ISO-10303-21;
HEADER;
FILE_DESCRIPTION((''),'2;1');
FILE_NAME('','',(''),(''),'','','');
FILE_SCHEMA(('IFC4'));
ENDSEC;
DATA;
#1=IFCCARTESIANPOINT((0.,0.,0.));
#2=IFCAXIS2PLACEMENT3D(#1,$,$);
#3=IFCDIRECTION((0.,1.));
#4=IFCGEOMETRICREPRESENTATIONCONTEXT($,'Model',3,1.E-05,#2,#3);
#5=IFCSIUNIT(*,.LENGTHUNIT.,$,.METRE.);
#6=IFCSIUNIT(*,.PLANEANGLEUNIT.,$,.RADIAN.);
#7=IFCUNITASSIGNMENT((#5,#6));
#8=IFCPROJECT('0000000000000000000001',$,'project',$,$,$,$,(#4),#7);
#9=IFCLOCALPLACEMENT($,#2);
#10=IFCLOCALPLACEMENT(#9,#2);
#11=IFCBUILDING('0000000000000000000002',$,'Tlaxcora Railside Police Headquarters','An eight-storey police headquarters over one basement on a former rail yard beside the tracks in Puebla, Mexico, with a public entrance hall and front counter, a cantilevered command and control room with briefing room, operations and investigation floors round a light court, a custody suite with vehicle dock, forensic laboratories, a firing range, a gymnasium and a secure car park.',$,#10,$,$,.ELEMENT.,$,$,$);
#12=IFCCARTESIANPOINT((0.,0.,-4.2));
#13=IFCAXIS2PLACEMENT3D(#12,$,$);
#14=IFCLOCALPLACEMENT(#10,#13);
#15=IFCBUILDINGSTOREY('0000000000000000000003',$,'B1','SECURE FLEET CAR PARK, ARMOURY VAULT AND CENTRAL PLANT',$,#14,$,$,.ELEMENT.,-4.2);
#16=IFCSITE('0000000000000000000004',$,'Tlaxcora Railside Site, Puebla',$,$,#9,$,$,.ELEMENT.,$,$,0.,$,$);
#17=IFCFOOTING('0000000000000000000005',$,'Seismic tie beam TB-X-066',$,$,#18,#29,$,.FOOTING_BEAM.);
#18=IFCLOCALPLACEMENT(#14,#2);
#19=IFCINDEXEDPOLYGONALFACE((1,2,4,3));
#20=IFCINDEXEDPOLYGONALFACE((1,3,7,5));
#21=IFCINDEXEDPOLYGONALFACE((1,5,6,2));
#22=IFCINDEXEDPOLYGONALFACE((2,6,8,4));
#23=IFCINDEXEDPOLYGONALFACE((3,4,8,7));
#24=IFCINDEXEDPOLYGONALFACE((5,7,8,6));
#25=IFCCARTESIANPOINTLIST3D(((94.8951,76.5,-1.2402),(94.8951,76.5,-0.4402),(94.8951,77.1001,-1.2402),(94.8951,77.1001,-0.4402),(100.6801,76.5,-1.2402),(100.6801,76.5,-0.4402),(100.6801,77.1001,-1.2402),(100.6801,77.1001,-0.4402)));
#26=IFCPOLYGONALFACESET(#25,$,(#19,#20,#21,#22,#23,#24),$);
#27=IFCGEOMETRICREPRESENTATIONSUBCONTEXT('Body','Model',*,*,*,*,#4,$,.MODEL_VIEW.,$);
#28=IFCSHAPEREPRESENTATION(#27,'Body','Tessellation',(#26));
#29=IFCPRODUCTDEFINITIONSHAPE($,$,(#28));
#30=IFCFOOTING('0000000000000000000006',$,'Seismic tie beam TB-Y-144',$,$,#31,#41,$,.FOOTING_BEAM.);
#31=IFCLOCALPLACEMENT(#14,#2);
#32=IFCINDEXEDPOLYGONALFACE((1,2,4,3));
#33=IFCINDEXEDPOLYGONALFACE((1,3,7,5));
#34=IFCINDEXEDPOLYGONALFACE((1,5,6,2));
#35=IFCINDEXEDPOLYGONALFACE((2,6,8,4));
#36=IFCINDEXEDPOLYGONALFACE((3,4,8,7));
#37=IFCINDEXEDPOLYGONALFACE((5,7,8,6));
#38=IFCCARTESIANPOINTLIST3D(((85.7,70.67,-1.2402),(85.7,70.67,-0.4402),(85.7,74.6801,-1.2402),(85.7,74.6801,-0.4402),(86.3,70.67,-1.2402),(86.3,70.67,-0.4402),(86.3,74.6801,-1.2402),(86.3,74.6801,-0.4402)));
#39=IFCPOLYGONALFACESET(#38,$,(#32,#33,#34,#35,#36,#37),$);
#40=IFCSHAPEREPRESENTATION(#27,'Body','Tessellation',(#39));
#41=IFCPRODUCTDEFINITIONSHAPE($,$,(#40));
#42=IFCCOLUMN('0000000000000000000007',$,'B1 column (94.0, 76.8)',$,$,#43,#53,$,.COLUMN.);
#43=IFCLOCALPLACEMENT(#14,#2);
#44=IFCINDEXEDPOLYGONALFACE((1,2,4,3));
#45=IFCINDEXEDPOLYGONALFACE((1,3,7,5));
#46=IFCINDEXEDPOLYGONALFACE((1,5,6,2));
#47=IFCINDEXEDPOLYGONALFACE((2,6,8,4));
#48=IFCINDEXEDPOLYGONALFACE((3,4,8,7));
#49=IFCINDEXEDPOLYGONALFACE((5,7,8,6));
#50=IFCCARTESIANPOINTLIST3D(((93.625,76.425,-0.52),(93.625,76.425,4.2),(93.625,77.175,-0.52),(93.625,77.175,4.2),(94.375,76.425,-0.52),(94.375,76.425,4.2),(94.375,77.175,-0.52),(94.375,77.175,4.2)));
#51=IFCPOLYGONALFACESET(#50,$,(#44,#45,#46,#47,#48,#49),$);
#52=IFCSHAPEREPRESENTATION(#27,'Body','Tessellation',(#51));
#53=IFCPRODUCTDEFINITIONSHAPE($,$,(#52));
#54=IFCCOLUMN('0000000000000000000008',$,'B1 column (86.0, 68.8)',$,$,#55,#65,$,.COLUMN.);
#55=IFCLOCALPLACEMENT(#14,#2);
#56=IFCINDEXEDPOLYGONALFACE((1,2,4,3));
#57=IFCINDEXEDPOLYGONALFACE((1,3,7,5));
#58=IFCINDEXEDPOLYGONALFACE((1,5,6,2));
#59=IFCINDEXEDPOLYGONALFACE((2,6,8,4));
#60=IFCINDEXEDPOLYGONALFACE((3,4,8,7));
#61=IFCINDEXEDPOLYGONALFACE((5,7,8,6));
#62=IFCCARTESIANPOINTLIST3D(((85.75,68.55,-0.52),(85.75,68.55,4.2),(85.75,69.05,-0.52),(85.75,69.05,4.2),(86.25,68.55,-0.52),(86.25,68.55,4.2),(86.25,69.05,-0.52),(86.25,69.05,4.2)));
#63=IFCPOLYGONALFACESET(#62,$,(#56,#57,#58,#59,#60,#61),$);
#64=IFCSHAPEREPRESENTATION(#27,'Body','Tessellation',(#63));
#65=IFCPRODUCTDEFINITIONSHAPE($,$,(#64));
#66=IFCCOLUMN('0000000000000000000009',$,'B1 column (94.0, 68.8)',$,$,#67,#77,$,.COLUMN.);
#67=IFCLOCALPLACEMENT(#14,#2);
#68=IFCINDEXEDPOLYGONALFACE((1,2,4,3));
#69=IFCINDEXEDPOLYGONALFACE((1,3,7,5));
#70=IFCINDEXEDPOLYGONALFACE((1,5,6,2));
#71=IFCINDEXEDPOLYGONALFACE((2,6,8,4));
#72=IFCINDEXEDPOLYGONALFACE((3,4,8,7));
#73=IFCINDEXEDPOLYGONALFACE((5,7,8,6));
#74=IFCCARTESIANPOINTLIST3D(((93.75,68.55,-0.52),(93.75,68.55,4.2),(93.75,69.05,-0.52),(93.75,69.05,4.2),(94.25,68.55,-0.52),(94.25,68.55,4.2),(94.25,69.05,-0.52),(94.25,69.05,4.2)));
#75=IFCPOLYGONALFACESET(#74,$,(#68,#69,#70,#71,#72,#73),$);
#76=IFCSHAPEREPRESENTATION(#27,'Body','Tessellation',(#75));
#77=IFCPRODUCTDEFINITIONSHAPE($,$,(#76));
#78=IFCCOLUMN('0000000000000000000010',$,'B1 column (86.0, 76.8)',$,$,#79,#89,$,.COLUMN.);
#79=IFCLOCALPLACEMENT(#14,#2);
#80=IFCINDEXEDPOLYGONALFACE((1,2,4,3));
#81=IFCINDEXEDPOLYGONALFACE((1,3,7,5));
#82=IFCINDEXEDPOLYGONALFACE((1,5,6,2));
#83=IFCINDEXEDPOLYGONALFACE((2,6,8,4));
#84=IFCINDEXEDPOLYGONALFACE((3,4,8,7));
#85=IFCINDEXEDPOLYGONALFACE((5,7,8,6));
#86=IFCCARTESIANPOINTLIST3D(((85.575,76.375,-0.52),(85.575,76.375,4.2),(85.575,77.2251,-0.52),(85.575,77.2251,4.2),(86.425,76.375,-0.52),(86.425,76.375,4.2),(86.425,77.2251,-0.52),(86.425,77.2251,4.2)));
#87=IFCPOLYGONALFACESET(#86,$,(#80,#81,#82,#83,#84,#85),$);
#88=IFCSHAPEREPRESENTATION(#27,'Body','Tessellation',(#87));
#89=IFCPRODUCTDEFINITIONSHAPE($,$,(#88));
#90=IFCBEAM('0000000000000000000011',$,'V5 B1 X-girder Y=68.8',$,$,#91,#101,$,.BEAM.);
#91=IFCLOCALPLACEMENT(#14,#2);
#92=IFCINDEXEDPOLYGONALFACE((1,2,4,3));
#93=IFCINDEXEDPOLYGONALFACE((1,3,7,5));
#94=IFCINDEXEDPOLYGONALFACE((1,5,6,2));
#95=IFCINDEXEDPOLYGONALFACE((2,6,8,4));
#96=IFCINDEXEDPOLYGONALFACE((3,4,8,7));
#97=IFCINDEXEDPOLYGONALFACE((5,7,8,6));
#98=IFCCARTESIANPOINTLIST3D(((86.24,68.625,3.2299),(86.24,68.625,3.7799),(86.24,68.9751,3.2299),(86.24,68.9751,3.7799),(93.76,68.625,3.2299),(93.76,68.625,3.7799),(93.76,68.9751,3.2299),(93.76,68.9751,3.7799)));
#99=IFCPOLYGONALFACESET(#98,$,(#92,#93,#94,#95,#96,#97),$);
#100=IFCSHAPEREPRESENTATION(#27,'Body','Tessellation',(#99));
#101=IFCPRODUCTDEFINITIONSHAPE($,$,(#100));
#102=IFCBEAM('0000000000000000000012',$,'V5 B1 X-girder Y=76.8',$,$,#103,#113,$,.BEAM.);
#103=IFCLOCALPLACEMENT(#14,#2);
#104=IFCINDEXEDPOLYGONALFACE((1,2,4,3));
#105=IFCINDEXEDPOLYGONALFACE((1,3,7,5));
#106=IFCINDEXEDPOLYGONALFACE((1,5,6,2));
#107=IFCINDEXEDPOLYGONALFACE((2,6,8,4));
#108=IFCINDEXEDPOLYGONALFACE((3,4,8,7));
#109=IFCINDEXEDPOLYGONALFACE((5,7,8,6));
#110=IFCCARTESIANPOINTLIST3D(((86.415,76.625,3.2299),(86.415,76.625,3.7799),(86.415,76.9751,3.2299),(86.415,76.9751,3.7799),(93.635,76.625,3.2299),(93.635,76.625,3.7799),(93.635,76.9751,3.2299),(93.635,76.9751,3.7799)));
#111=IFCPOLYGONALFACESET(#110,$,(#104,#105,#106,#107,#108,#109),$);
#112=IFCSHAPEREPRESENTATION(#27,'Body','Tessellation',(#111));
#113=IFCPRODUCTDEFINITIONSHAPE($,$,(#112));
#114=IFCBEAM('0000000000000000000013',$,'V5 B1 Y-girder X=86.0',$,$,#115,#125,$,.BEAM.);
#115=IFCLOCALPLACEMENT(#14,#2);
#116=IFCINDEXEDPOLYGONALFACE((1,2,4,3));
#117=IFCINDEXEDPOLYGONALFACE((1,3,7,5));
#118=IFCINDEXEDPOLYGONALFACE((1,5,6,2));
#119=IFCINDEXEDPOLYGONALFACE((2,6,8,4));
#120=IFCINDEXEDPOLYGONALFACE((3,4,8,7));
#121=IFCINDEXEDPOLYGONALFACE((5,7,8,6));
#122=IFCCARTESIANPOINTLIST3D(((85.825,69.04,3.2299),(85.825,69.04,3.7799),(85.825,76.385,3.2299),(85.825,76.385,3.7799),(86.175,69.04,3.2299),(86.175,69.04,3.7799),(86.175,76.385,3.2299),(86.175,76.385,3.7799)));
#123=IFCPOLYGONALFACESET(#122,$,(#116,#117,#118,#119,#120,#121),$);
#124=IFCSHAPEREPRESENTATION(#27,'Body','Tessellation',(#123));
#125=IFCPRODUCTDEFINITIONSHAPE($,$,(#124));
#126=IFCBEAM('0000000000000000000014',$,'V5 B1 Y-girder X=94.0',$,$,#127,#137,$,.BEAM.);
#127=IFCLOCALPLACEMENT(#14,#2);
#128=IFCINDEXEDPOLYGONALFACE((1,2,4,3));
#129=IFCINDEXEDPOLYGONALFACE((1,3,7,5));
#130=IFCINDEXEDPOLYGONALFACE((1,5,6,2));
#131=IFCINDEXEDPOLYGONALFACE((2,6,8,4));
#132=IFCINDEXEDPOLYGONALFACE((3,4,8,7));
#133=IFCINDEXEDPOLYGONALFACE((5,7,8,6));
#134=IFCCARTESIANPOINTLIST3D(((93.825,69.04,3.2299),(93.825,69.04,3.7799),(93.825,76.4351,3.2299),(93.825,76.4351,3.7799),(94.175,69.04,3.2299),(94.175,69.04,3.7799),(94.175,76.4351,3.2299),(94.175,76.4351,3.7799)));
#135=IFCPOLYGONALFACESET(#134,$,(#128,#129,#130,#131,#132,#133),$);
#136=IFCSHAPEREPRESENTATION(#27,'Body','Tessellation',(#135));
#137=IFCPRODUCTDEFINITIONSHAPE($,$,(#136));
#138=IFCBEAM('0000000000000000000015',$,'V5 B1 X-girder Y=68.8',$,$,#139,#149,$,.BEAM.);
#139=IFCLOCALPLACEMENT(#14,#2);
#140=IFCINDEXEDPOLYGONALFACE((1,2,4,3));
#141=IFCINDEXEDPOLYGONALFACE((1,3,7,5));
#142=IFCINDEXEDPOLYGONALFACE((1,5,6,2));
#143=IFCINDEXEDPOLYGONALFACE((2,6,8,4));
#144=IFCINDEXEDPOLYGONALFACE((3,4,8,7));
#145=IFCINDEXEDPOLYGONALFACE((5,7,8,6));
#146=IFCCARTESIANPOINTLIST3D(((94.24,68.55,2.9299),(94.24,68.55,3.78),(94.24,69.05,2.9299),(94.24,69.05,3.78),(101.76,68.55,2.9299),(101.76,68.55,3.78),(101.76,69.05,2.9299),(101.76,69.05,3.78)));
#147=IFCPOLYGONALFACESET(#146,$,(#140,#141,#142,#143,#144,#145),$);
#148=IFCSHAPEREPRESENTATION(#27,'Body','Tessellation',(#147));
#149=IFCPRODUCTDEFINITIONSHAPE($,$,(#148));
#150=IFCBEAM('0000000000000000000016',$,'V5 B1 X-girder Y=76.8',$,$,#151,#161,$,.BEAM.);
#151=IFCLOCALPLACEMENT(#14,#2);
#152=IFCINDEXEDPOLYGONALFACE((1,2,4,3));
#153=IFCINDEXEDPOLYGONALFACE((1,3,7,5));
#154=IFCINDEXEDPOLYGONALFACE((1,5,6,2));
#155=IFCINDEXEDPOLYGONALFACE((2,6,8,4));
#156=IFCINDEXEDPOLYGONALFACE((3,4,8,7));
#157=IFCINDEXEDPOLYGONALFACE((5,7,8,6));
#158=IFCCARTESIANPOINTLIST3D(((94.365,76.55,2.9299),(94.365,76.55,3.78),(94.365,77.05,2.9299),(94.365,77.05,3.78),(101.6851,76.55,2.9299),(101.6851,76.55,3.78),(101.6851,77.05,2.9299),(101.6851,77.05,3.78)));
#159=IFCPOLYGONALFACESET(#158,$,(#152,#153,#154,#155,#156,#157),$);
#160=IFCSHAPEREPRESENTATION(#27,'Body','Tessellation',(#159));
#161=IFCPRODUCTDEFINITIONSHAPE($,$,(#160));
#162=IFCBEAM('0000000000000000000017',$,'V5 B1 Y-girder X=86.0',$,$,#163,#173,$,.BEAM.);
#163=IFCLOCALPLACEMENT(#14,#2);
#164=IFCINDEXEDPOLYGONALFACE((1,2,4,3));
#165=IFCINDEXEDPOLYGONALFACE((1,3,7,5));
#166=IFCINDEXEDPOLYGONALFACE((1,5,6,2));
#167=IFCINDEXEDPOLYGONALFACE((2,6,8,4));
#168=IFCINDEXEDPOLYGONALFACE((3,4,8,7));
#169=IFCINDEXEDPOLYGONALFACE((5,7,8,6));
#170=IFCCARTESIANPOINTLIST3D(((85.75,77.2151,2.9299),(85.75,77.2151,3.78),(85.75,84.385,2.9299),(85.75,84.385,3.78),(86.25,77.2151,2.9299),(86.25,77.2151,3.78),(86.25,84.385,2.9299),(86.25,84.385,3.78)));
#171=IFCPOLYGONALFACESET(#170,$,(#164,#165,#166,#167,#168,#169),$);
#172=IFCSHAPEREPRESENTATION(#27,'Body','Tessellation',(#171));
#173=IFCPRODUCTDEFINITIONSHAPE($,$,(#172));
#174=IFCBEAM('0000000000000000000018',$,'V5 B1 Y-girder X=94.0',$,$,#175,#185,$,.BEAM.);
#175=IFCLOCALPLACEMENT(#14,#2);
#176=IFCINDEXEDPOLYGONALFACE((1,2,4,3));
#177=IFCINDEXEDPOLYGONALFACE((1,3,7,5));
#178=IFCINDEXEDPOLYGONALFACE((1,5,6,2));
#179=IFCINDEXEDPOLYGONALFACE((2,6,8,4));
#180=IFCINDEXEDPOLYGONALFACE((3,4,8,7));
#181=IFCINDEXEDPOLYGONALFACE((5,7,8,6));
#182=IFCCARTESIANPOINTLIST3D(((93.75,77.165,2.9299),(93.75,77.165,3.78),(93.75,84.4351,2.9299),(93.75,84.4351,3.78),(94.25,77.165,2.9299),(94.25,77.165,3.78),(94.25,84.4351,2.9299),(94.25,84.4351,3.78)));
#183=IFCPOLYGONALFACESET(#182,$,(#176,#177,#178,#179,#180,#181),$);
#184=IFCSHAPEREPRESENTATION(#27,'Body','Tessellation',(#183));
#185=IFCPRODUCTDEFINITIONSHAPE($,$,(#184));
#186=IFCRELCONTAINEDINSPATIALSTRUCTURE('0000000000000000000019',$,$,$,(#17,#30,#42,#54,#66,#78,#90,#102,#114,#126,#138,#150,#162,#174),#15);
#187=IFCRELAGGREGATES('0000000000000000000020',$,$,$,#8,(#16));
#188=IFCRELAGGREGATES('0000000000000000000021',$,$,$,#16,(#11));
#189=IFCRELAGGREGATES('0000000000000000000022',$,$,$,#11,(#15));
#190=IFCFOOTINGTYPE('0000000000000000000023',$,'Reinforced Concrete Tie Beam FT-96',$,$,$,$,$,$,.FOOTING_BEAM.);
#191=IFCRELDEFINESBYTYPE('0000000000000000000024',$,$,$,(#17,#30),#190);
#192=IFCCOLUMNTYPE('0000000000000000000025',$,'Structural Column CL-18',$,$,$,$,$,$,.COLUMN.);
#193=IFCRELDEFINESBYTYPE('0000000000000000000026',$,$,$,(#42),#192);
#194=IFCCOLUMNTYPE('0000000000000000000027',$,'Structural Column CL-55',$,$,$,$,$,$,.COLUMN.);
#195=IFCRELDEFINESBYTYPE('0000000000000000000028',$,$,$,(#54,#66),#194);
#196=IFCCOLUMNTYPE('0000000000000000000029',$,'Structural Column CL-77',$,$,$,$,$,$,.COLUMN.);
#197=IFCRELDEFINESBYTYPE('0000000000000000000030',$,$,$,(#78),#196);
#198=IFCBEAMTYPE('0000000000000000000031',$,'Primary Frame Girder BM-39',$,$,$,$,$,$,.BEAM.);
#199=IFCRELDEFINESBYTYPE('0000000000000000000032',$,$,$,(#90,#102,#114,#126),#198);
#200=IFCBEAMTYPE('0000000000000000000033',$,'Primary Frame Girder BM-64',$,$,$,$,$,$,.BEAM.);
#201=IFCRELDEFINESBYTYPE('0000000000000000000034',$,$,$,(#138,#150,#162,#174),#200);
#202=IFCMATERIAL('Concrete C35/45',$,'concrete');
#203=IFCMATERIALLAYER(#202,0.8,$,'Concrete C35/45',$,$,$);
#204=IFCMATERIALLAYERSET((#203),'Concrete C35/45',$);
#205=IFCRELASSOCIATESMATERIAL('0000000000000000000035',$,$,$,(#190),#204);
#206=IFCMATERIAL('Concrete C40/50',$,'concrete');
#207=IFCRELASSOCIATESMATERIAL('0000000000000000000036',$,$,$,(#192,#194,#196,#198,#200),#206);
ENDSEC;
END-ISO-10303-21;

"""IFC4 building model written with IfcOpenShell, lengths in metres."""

from ifc_helpers import new_model, si_unit, direction, frame, origin, origin_2d, place, context, subcontext, project, spatial, rectangle, extrude, material, layer, layer_set, material_profile, profile_set, type_object, element, save


model = new_model("IFC4")

# Units and contexts
model_context = context("Model", 3, precision=1e-05, world=origin(), true_north=direction((0.0, 1.0)))
body_context = subcontext(model_context, "Body", "Model", "MODEL_VIEW")
ifc_project = project(units=[si_unit("LENGTHUNIT", "METRE"), si_unit("PLANEANGLEUNIT", "RADIAN")], contexts=[model_context])

# Site, building, storey
site_placement = place(None, origin())
site = spatial("IfcSite", under=ifc_project, at=site_placement, Name="Tlaxcora Railside Site, Puebla", CompositionType="ELEMENT", RefElevation=0.0)
building_placement = place(site_placement, origin())
building = spatial("IfcBuilding", under=site, at=building_placement, Name="Tlaxcora Railside Police Headquarters", Description="An eight-storey police headquarters over one basement on a former rail yard beside the tracks in Puebla, Mexico, with a public entrance hall and front counter, a cantilevered command and control room with briefing room, operations and investigation floors round a light court, a custody suite with vehicle dock, forensic laboratories, a firing range, a gymnasium and a secure car park.", CompositionType="ELEMENT")
storey_placement = place(building_placement, frame((0.0, 0.0, -4.2)))
storey = spatial("IfcBuildingStorey", under=building, at=storey_placement, Name="B1", Description="SECURE FLEET CAR PARK, ARMOURY VAULT AND CENTRAL PLANT", CompositionType="ELEMENT", Elevation=-4.2)

# Shared definitions
ifc_material_1 = material(Name="Concrete C35/45", Category="concrete")

# Footings
ifc_material_2 = material(Name="Concrete C40/50", Category="concrete")
ifc_layer_1 = layer(ifc_material_1, 0.8, Name="Concrete C35/45")
ifc_layer_set_1 = layer_set([ifc_layer_1], Name="Concrete C35/45")
footing_type_1 = type_object("IfcFootingType", Name="Reinforced Concrete Tie Beam FT-96", PredefinedType="FOOTING_BEAM", material=ifc_layer_set_1)
footing_1_placement = place(storey_placement, frame((97.7876, 76.8, -1.2402), z_axis=(0.0, 0.0, 1.0), x_axis=(1.0, 0.0, 0.0)))
element("IfcFooting", 1, at=footing_1_placement, inside=storey, type_object=footing_type_1, Name="Seismic tie beam TB-X-066", PredefinedType="FOOTING_BEAM", context=body_context, shape_type="SweptSolid", body=[
    extrude(rectangle(XDim=5.7849, YDim=0.6001, at=origin_2d()), origin(), (0.0, 0.0, 1.0), 0.8),
])
footing_2_placement = place(storey_placement, frame((86.0, 72.675, -1.2402), z_axis=(0.0, 0.0, 1.0), x_axis=(0.0, 1.0, 0.0)))
element("IfcFooting", 2, at=footing_2_placement, inside=storey, type_object=footing_type_1, Name="Seismic tie beam TB-Y-144", PredefinedType="FOOTING_BEAM", context=body_context, shape_type="SweptSolid", body=[
    extrude(rectangle(XDim=4.01, YDim=0.6001, at=origin_2d()), origin(), (0.0, 0.0, 1.0), 0.8),
])

# Columns
ifc_material_profile_1 = material_profile(ifc_material_2, rectangle(XDim=0.75, YDim=0.75, at=origin_2d()), Name="RC750X750")
ifc_profile_set_1 = profile_set([ifc_material_profile_1], Name="Concrete C40/50")
column_type_1 = type_object("IfcColumnType", Name="Structural Column CL-18", PredefinedType="COLUMN", material=ifc_profile_set_1)
column_1_placement = place(storey_placement, frame((94.0, 76.8, -0.52), z_axis=(0.0, 0.0, 1.0), x_axis=(1.0, 0.0, 0.0)))
element("IfcColumn", 3, at=column_1_placement, inside=storey, type_object=column_type_1, Name="B1 column (94.0, 76.8)", PredefinedType="COLUMN", context=body_context, shape_type="SweptSolid", body=[
    extrude(rectangle(XDim=0.75, YDim=0.75, at=origin_2d()), origin(), (0.0, 0.0, 1.0), 4.72),
])
ifc_material_profile_2 = material_profile(ifc_material_2, rectangle(XDim=0.5, YDim=0.5, at=origin_2d()), Name="RC500X500")
ifc_profile_set_2 = profile_set([ifc_material_profile_2], Name="Concrete C40/50")
column_type_2 = type_object("IfcColumnType", Name="Structural Column CL-55", PredefinedType="COLUMN", material=ifc_profile_set_2)
for number, where, z_axis, x_axis, name in (
    (4, (86.0, 68.8, -0.52), (0.0, 0.0, 1.0), (1.0, 0.0, 0.0), "B1 column (86.0, 68.8)"),
    (5, (94.0, 68.8, -0.52), (0.0, 0.0, 1.0), (1.0, 0.0, 0.0), "B1 column (94.0, 68.8)"),
):
    element("IfcColumn", number, at=place(storey_placement, frame(where, z_axis=z_axis, x_axis=x_axis)), inside=storey, type_object=column_type_2, Name=name, PredefinedType="COLUMN", context=body_context, shape_type="SweptSolid", body=[
        extrude(rectangle(XDim=0.5, YDim=0.5, at=origin_2d()), origin(), (0.0, 0.0, 1.0), 4.72),
    ])
ifc_material_profile_3 = material_profile(ifc_material_2, rectangle(XDim=0.8501, YDim=0.8501, at=origin_2d()), Name="RC850X850")
ifc_profile_set_3 = profile_set([ifc_material_profile_3], Name="Concrete C40/50")
column_type_3 = type_object("IfcColumnType", Name="Structural Column CL-77", PredefinedType="COLUMN", material=ifc_profile_set_3)
column_2_placement = place(storey_placement, frame((86.0, 76.8, -0.52), z_axis=(0.0, 0.0, 1.0), x_axis=(1.0, 0.0, 0.0)))
element("IfcColumn", 6, at=column_2_placement, inside=storey, type_object=column_type_3, Name="B1 column (86.0, 76.8)", PredefinedType="COLUMN", context=body_context, shape_type="SweptSolid", body=[
    extrude(rectangle(XDim=0.8501, YDim=0.8501, at=origin_2d()), origin(), (0.0, 0.0, 1.0), 4.72),
])

# Beams
ifc_material_profile_4 = material_profile(ifc_material_2, rectangle(XDim=0.3501, YDim=0.55, at=origin_2d()), Name="RC350X550")
ifc_profile_set_4 = profile_set([ifc_material_profile_4], Name="Concrete C40/50")
beam_type_1 = type_object("IfcBeamType", Name="Primary Frame Girder BM-39", PredefinedType="BEAM", material=ifc_profile_set_4)
beam_1_placement = place(storey_placement, frame((86.24, 68.8, 3.5049), z_axis=(1.0, 0.0, 0.0), x_axis=(0.0, 1.0, 0.0)))
element("IfcBeam", 7, at=beam_1_placement, inside=storey, type_object=beam_type_1, Name="V5 B1 X-girder Y=68.8", PredefinedType="BEAM", context=body_context, shape_type="SweptSolid", body=[
    extrude(rectangle(XDim=0.3501, YDim=0.55, at=origin_2d()), origin(), (0.0, 0.0, 1.0), 7.52),
])
beam_2_placement = place(storey_placement, frame((86.415, 76.8, 3.5049), z_axis=(1.0, 0.0, 0.0), x_axis=(0.0, 1.0, 0.0)))
element("IfcBeam", 8, at=beam_2_placement, inside=storey, type_object=beam_type_1, Name="V5 B1 X-girder Y=76.8", PredefinedType="BEAM", context=body_context, shape_type="SweptSolid", body=[
    extrude(rectangle(XDim=0.3501, YDim=0.55, at=origin_2d()), origin(), (0.0, 0.0, 1.0), 7.22),
])
beam_3_placement = place(storey_placement, frame((86.0, 69.04, 3.5049), z_axis=(0.0, 1.0, 0.0), x_axis=(-1.0, 0.0, 0.0)))
element("IfcBeam", 9, at=beam_3_placement, inside=storey, type_object=beam_type_1, Name="V5 B1 Y-girder X=86.0", PredefinedType="BEAM", context=body_context, shape_type="SweptSolid", body=[
    extrude(rectangle(XDim=0.3501, YDim=0.55, at=origin_2d()), origin(), (0.0, 0.0, 1.0), 7.345),
])
beam_4_placement = place(storey_placement, frame((94.0, 69.04, 3.5049), z_axis=(0.0, 1.0, 0.0), x_axis=(-1.0, 0.0, 0.0)))
element("IfcBeam", 10, at=beam_4_placement, inside=storey, type_object=beam_type_1, Name="V5 B1 Y-girder X=94.0", PredefinedType="BEAM", context=body_context, shape_type="SweptSolid", body=[
    extrude(rectangle(XDim=0.3501, YDim=0.55, at=origin_2d()), origin(), (0.0, 0.0, 1.0), 7.395),
])
ifc_material_profile_5 = material_profile(ifc_material_2, rectangle(XDim=0.5, YDim=0.8501, at=origin_2d()), Name="RC500X850")
ifc_profile_set_5 = profile_set([ifc_material_profile_5], Name="Concrete C40/50")
beam_type_2 = type_object("IfcBeamType", Name="Primary Frame Girder BM-64", PredefinedType="BEAM", material=ifc_profile_set_5)
beam_5_placement = place(storey_placement, frame((94.24, 68.8, 3.355), z_axis=(1.0, 0.0, 0.0), x_axis=(0.0, 1.0, 0.0)))
element("IfcBeam", 11, at=beam_5_placement, inside=storey, type_object=beam_type_2, Name="V5 B1 X-girder Y=68.8", PredefinedType="BEAM", context=body_context, shape_type="SweptSolid", body=[
    extrude(rectangle(XDim=0.5, YDim=0.8501, at=origin_2d()), origin(), (0.0, 0.0, 1.0), 7.52),
])
beam_6_placement = place(storey_placement, frame((94.365, 76.8, 3.355), z_axis=(1.0, 0.0, 0.0), x_axis=(0.0, 1.0, 0.0)))
element("IfcBeam", 12, at=beam_6_placement, inside=storey, type_object=beam_type_2, Name="V5 B1 X-girder Y=76.8", PredefinedType="BEAM", context=body_context, shape_type="SweptSolid", body=[
    extrude(rectangle(XDim=0.5, YDim=0.8501, at=origin_2d()), origin(), (0.0, 0.0, 1.0), 7.3201),
])
beam_7_placement = place(storey_placement, frame((86.0, 77.2151, 3.355), z_axis=(0.0, 1.0, 0.0), x_axis=(-1.0, 0.0, 0.0)))
element("IfcBeam", 13, at=beam_7_placement, inside=storey, type_object=beam_type_2, Name="V5 B1 Y-girder X=86.0", PredefinedType="BEAM", context=body_context, shape_type="SweptSolid", body=[
    extrude(rectangle(XDim=0.5, YDim=0.8501, at=origin_2d()), origin(), (0.0, 0.0, 1.0), 7.1699),
])
beam_8_placement = place(storey_placement, frame((94.0, 77.165, 3.355), z_axis=(0.0, 1.0, 0.0), x_axis=(-1.0, 0.0, 0.0)))
element("IfcBeam", 14, at=beam_8_placement, inside=storey, type_object=beam_type_2, Name="V5 B1 Y-girder X=94.0", PredefinedType="BEAM", context=body_context, shape_type="SweptSolid", body=[
    extrude(rectangle(XDim=0.5, YDim=0.8501, at=origin_2d()), origin(), (0.0, 0.0, 1.0), 7.27),
])

save(model, "model.ifc")
